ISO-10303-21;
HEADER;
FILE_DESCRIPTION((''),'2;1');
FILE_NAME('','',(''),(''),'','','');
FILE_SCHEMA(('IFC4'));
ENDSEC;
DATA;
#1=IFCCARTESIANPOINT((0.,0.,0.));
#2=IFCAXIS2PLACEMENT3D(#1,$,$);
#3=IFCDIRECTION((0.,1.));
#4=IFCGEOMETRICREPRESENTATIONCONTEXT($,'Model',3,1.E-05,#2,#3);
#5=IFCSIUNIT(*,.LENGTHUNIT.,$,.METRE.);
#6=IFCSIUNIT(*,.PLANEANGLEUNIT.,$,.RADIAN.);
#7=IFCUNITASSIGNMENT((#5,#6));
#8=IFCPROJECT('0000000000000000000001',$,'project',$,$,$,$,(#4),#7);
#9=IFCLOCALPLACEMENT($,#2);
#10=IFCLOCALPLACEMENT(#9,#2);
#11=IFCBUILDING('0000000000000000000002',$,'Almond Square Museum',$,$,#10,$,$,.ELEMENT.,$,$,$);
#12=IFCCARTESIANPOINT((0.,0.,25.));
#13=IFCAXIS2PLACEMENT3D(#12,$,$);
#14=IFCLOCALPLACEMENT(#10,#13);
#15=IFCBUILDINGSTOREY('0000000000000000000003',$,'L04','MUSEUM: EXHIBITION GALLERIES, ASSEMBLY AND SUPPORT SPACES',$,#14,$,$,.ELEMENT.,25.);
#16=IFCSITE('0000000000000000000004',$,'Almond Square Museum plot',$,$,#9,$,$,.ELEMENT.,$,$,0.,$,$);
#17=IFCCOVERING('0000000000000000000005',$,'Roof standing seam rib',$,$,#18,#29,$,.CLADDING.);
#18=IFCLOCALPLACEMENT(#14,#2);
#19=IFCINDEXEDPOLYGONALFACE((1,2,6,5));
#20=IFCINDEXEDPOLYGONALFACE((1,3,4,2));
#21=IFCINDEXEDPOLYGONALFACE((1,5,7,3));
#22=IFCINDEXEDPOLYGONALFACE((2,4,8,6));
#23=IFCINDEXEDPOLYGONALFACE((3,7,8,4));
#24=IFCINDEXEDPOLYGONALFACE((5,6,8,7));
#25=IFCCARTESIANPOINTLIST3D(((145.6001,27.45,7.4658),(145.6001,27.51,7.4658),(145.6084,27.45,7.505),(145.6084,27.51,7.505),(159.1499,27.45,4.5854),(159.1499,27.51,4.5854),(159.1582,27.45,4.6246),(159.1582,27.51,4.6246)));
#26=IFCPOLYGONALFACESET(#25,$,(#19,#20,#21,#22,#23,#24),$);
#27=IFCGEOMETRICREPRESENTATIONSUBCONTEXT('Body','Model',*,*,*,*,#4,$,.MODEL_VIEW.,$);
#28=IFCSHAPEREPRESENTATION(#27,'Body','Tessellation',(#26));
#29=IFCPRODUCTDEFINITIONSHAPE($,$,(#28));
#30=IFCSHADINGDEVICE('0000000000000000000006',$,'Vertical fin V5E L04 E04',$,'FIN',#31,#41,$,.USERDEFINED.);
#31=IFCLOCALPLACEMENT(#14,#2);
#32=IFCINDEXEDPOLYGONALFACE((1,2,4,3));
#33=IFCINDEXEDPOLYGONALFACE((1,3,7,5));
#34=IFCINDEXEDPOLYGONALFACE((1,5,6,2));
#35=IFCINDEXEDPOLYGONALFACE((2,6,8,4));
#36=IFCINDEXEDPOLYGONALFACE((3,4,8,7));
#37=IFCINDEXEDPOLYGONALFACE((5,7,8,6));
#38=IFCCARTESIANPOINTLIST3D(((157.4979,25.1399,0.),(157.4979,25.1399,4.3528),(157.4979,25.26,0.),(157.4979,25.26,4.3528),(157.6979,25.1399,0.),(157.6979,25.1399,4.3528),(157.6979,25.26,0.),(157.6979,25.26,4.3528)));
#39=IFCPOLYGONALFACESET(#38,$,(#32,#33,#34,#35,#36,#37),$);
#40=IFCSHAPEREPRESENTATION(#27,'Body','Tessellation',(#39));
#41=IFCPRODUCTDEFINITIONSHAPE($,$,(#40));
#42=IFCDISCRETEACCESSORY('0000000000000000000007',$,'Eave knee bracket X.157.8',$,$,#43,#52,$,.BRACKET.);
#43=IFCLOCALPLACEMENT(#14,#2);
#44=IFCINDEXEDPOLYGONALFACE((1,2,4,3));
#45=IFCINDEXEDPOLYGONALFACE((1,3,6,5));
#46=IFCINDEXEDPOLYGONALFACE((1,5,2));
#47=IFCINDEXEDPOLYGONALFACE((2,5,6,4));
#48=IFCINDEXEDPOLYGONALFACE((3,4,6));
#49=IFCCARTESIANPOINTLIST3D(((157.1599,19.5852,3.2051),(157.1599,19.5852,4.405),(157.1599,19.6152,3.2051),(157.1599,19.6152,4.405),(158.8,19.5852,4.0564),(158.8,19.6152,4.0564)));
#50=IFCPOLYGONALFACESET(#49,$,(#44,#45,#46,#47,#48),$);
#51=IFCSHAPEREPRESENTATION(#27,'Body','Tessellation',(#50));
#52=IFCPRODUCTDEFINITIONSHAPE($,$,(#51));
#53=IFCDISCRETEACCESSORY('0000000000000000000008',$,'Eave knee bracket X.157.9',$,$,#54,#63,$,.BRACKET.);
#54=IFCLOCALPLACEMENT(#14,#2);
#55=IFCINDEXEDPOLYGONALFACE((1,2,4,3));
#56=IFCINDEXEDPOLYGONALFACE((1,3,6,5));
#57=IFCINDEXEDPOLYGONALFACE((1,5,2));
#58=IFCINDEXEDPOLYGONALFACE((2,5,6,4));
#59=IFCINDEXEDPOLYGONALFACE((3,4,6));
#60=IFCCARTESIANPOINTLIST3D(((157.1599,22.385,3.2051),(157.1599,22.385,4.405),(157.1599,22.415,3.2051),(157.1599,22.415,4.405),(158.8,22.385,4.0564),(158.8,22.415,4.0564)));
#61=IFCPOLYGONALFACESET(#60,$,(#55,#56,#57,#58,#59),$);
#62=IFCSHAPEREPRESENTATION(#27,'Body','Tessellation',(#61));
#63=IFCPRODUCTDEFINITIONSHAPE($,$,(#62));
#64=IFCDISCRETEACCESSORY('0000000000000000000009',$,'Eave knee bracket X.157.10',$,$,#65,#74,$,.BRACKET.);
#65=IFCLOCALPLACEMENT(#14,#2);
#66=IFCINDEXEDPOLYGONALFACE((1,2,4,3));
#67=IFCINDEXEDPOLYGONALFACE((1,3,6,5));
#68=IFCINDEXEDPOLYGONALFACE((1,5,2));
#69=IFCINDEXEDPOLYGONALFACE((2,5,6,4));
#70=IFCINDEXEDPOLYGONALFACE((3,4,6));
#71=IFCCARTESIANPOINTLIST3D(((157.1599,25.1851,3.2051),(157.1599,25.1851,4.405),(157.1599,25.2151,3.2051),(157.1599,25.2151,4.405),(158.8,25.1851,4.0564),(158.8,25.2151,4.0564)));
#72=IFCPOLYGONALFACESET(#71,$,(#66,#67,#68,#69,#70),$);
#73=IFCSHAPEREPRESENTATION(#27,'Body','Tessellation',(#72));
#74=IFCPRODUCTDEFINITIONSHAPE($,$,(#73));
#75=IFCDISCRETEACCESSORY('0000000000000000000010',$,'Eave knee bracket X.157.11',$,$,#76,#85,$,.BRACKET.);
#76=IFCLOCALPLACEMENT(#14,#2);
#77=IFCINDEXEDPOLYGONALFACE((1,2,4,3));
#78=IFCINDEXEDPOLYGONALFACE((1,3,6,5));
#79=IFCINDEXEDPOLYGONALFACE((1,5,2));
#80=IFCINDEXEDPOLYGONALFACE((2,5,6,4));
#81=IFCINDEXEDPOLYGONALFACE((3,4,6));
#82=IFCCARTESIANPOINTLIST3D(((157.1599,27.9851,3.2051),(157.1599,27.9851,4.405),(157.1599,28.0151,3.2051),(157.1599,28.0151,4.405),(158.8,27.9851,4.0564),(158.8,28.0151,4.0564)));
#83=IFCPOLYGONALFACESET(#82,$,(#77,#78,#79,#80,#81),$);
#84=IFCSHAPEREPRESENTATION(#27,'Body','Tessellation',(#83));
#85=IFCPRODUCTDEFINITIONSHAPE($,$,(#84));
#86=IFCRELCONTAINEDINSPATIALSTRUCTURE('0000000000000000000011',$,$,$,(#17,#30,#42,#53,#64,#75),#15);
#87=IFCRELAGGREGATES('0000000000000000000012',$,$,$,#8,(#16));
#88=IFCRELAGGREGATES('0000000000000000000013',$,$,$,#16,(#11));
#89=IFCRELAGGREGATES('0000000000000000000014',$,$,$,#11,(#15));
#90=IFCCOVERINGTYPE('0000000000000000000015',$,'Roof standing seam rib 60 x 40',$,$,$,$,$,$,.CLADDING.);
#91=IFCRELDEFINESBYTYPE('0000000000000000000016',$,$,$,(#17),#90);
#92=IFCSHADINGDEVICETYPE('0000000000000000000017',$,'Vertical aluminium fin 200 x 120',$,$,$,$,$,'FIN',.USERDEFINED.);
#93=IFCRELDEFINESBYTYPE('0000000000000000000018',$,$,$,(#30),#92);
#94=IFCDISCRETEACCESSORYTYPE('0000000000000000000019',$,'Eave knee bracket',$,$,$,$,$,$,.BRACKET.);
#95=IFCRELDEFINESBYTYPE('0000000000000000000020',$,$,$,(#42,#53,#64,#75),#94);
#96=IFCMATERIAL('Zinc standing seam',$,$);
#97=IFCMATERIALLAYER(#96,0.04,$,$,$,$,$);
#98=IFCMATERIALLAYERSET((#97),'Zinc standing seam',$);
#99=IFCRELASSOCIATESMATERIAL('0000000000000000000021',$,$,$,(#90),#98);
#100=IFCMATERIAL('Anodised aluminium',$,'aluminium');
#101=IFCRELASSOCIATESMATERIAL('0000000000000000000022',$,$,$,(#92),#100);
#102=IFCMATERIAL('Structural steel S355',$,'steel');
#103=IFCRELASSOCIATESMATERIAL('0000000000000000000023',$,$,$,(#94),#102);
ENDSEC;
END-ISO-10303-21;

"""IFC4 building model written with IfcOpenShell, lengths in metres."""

from ifc_helpers import new_model, si_unit, direction, frame, origin, origin_2d, place, context, subcontext, project, spatial, polyline, rectangle, outline, extrude, material, layer, layer_set, material_profile, profile_set, type_object, element, save


model = new_model("IFC4")

# Units and contexts
model_context = context("Model", 3, precision=1e-05, world=origin(), true_north=direction((0.0, 1.0)))
body_context = subcontext(model_context, "Body", "Model", "MODEL_VIEW")
ifc_project = project(units=[si_unit("LENGTHUNIT", "METRE"), si_unit("PLANEANGLEUNIT", "RADIAN")], contexts=[model_context])

# Site, building, storey
site_placement = place(None, origin())
site = spatial("IfcSite", under=ifc_project, at=site_placement, Name="Almond Square Museum plot", CompositionType="ELEMENT", RefElevation=0.0)
building_placement = place(site_placement, origin())
building = spatial("IfcBuilding", under=site, at=building_placement, Name="Almond Square Museum", CompositionType="ELEMENT")
storey_placement = place(building_placement, frame((0.0, 0.0, 25.0)))
storey = spatial("IfcBuildingStorey", under=building, at=storey_placement, Name="L04", Description="MUSEUM: EXHIBITION GALLERIES, ASSEMBLY AND SUPPORT SPACES", CompositionType="ELEMENT", Elevation=25.0)

# Covering
ifc_material_1 = material(Name="Zinc standing seam")
ifc_layer_1 = layer(ifc_material_1, 0.04)
ifc_layer_set_1 = layer_set([ifc_layer_1], Name="Zinc standing seam")
covering_type = type_object("IfcCoveringType", Name="Roof standing seam rib 60 x 40", PredefinedType="CLADDING", material=ifc_layer_set_1)
covering_1_placement = place(storey_placement, frame((159.1499, 27.45, 4.5854), z_axis=(0.20793, 0.0, 0.978144), x_axis=(0.0, 1.0, 0.0)))
element("IfcCovering", 1, at=covering_1_placement, inside=storey, type_object=covering_type, Name="Roof standing seam rib", PredefinedType="CLADDING", context=body_context, shape_type="SweptSolid", body=[
    extrude(outline(polyline([(0.0, 0.0), (0.0601, 0.0), (0.0601, 13.8526), (0.0, 13.8526), (0.0, 0.0)])), origin(), (0.0, 0.0, 1.0), 0.04),
])

# Shading device
ifc_material_2 = material(Name="Anodised aluminium", Category="aluminium")
ifc_material_profile_1 = material_profile(ifc_material_2, rectangle(XDim=0.2, YDim=0.1201, at=origin_2d()))
ifc_profile_set_1 = profile_set([ifc_material_profile_1], Name="Anodised aluminium")
shading_device_type = type_object("IfcShadingDeviceType", Name="Vertical aluminium fin 200 x 120", ElementType="FIN", PredefinedType="USERDEFINED", material=ifc_profile_set_1)
shading_device_placement = place(storey_placement, frame((157.5979, 25.2, 0.0), z_axis=(0.0, 0.0, 1.0), x_axis=(1.0, 0.0, 0.0)))
element("IfcShadingDevice", 2, at=shading_device_placement, inside=storey, type_object=shading_device_type, Name="Vertical fin V5E L04 E04", ObjectType="FIN", PredefinedType="USERDEFINED", context=body_context, shape_type="SweptSolid", body=[
    extrude(rectangle(XDim=0.2, YDim=0.1201, at=origin_2d()), origin(), (0.0, 0.0, 1.0), 4.3528),
])

# Discrete accessories
ifc_material_3 = material(Name="Structural steel S355", Category="steel")
discrete_accessory_type = type_object("IfcDiscreteAccessoryType", Name="Eave knee bracket", PredefinedType="BRACKET", material=ifc_material_3)
for number, where, z_axis, x_axis, name in (
    (3, (157.1599, 19.6001, 4.405), (0.0, -1.0, 0.0), (0.0, 0.0, -1.0), "Eave knee bracket X.157.8"),
    (4, (157.1599, 22.3999, 4.405), (0.0, -1.0, 0.0), (0.0, 0.0, -1.0), "Eave knee bracket X.157.9"),
    (5, (157.1599, 25.2, 4.405), (0.0, -1.0, 0.0), (0.0, 0.0, -1.0), "Eave knee bracket X.157.10"),
    (6, (157.1599, 28.0, 4.405), (0.0, -1.0, 0.0), (0.0, 0.0, -1.0), "Eave knee bracket X.157.11"),
):
    element("IfcDiscreteAccessory", number, at=place(storey_placement, frame(where, z_axis=z_axis, x_axis=x_axis)), inside=storey, type_object=discrete_accessory_type, Name=name, PredefinedType="BRACKET", context=body_context, shape_type="SweptSolid", body=[
        extrude(outline(polyline([(0.0, 0.0), (1.2, 0.0), (0.3486, 1.6401), (0.0, 0.0)])), frame((0.0, 0.0, -0.0151)), (0.0, 0.0, 1.0), 0.03),
    ])

save(model, "model.ifc")
